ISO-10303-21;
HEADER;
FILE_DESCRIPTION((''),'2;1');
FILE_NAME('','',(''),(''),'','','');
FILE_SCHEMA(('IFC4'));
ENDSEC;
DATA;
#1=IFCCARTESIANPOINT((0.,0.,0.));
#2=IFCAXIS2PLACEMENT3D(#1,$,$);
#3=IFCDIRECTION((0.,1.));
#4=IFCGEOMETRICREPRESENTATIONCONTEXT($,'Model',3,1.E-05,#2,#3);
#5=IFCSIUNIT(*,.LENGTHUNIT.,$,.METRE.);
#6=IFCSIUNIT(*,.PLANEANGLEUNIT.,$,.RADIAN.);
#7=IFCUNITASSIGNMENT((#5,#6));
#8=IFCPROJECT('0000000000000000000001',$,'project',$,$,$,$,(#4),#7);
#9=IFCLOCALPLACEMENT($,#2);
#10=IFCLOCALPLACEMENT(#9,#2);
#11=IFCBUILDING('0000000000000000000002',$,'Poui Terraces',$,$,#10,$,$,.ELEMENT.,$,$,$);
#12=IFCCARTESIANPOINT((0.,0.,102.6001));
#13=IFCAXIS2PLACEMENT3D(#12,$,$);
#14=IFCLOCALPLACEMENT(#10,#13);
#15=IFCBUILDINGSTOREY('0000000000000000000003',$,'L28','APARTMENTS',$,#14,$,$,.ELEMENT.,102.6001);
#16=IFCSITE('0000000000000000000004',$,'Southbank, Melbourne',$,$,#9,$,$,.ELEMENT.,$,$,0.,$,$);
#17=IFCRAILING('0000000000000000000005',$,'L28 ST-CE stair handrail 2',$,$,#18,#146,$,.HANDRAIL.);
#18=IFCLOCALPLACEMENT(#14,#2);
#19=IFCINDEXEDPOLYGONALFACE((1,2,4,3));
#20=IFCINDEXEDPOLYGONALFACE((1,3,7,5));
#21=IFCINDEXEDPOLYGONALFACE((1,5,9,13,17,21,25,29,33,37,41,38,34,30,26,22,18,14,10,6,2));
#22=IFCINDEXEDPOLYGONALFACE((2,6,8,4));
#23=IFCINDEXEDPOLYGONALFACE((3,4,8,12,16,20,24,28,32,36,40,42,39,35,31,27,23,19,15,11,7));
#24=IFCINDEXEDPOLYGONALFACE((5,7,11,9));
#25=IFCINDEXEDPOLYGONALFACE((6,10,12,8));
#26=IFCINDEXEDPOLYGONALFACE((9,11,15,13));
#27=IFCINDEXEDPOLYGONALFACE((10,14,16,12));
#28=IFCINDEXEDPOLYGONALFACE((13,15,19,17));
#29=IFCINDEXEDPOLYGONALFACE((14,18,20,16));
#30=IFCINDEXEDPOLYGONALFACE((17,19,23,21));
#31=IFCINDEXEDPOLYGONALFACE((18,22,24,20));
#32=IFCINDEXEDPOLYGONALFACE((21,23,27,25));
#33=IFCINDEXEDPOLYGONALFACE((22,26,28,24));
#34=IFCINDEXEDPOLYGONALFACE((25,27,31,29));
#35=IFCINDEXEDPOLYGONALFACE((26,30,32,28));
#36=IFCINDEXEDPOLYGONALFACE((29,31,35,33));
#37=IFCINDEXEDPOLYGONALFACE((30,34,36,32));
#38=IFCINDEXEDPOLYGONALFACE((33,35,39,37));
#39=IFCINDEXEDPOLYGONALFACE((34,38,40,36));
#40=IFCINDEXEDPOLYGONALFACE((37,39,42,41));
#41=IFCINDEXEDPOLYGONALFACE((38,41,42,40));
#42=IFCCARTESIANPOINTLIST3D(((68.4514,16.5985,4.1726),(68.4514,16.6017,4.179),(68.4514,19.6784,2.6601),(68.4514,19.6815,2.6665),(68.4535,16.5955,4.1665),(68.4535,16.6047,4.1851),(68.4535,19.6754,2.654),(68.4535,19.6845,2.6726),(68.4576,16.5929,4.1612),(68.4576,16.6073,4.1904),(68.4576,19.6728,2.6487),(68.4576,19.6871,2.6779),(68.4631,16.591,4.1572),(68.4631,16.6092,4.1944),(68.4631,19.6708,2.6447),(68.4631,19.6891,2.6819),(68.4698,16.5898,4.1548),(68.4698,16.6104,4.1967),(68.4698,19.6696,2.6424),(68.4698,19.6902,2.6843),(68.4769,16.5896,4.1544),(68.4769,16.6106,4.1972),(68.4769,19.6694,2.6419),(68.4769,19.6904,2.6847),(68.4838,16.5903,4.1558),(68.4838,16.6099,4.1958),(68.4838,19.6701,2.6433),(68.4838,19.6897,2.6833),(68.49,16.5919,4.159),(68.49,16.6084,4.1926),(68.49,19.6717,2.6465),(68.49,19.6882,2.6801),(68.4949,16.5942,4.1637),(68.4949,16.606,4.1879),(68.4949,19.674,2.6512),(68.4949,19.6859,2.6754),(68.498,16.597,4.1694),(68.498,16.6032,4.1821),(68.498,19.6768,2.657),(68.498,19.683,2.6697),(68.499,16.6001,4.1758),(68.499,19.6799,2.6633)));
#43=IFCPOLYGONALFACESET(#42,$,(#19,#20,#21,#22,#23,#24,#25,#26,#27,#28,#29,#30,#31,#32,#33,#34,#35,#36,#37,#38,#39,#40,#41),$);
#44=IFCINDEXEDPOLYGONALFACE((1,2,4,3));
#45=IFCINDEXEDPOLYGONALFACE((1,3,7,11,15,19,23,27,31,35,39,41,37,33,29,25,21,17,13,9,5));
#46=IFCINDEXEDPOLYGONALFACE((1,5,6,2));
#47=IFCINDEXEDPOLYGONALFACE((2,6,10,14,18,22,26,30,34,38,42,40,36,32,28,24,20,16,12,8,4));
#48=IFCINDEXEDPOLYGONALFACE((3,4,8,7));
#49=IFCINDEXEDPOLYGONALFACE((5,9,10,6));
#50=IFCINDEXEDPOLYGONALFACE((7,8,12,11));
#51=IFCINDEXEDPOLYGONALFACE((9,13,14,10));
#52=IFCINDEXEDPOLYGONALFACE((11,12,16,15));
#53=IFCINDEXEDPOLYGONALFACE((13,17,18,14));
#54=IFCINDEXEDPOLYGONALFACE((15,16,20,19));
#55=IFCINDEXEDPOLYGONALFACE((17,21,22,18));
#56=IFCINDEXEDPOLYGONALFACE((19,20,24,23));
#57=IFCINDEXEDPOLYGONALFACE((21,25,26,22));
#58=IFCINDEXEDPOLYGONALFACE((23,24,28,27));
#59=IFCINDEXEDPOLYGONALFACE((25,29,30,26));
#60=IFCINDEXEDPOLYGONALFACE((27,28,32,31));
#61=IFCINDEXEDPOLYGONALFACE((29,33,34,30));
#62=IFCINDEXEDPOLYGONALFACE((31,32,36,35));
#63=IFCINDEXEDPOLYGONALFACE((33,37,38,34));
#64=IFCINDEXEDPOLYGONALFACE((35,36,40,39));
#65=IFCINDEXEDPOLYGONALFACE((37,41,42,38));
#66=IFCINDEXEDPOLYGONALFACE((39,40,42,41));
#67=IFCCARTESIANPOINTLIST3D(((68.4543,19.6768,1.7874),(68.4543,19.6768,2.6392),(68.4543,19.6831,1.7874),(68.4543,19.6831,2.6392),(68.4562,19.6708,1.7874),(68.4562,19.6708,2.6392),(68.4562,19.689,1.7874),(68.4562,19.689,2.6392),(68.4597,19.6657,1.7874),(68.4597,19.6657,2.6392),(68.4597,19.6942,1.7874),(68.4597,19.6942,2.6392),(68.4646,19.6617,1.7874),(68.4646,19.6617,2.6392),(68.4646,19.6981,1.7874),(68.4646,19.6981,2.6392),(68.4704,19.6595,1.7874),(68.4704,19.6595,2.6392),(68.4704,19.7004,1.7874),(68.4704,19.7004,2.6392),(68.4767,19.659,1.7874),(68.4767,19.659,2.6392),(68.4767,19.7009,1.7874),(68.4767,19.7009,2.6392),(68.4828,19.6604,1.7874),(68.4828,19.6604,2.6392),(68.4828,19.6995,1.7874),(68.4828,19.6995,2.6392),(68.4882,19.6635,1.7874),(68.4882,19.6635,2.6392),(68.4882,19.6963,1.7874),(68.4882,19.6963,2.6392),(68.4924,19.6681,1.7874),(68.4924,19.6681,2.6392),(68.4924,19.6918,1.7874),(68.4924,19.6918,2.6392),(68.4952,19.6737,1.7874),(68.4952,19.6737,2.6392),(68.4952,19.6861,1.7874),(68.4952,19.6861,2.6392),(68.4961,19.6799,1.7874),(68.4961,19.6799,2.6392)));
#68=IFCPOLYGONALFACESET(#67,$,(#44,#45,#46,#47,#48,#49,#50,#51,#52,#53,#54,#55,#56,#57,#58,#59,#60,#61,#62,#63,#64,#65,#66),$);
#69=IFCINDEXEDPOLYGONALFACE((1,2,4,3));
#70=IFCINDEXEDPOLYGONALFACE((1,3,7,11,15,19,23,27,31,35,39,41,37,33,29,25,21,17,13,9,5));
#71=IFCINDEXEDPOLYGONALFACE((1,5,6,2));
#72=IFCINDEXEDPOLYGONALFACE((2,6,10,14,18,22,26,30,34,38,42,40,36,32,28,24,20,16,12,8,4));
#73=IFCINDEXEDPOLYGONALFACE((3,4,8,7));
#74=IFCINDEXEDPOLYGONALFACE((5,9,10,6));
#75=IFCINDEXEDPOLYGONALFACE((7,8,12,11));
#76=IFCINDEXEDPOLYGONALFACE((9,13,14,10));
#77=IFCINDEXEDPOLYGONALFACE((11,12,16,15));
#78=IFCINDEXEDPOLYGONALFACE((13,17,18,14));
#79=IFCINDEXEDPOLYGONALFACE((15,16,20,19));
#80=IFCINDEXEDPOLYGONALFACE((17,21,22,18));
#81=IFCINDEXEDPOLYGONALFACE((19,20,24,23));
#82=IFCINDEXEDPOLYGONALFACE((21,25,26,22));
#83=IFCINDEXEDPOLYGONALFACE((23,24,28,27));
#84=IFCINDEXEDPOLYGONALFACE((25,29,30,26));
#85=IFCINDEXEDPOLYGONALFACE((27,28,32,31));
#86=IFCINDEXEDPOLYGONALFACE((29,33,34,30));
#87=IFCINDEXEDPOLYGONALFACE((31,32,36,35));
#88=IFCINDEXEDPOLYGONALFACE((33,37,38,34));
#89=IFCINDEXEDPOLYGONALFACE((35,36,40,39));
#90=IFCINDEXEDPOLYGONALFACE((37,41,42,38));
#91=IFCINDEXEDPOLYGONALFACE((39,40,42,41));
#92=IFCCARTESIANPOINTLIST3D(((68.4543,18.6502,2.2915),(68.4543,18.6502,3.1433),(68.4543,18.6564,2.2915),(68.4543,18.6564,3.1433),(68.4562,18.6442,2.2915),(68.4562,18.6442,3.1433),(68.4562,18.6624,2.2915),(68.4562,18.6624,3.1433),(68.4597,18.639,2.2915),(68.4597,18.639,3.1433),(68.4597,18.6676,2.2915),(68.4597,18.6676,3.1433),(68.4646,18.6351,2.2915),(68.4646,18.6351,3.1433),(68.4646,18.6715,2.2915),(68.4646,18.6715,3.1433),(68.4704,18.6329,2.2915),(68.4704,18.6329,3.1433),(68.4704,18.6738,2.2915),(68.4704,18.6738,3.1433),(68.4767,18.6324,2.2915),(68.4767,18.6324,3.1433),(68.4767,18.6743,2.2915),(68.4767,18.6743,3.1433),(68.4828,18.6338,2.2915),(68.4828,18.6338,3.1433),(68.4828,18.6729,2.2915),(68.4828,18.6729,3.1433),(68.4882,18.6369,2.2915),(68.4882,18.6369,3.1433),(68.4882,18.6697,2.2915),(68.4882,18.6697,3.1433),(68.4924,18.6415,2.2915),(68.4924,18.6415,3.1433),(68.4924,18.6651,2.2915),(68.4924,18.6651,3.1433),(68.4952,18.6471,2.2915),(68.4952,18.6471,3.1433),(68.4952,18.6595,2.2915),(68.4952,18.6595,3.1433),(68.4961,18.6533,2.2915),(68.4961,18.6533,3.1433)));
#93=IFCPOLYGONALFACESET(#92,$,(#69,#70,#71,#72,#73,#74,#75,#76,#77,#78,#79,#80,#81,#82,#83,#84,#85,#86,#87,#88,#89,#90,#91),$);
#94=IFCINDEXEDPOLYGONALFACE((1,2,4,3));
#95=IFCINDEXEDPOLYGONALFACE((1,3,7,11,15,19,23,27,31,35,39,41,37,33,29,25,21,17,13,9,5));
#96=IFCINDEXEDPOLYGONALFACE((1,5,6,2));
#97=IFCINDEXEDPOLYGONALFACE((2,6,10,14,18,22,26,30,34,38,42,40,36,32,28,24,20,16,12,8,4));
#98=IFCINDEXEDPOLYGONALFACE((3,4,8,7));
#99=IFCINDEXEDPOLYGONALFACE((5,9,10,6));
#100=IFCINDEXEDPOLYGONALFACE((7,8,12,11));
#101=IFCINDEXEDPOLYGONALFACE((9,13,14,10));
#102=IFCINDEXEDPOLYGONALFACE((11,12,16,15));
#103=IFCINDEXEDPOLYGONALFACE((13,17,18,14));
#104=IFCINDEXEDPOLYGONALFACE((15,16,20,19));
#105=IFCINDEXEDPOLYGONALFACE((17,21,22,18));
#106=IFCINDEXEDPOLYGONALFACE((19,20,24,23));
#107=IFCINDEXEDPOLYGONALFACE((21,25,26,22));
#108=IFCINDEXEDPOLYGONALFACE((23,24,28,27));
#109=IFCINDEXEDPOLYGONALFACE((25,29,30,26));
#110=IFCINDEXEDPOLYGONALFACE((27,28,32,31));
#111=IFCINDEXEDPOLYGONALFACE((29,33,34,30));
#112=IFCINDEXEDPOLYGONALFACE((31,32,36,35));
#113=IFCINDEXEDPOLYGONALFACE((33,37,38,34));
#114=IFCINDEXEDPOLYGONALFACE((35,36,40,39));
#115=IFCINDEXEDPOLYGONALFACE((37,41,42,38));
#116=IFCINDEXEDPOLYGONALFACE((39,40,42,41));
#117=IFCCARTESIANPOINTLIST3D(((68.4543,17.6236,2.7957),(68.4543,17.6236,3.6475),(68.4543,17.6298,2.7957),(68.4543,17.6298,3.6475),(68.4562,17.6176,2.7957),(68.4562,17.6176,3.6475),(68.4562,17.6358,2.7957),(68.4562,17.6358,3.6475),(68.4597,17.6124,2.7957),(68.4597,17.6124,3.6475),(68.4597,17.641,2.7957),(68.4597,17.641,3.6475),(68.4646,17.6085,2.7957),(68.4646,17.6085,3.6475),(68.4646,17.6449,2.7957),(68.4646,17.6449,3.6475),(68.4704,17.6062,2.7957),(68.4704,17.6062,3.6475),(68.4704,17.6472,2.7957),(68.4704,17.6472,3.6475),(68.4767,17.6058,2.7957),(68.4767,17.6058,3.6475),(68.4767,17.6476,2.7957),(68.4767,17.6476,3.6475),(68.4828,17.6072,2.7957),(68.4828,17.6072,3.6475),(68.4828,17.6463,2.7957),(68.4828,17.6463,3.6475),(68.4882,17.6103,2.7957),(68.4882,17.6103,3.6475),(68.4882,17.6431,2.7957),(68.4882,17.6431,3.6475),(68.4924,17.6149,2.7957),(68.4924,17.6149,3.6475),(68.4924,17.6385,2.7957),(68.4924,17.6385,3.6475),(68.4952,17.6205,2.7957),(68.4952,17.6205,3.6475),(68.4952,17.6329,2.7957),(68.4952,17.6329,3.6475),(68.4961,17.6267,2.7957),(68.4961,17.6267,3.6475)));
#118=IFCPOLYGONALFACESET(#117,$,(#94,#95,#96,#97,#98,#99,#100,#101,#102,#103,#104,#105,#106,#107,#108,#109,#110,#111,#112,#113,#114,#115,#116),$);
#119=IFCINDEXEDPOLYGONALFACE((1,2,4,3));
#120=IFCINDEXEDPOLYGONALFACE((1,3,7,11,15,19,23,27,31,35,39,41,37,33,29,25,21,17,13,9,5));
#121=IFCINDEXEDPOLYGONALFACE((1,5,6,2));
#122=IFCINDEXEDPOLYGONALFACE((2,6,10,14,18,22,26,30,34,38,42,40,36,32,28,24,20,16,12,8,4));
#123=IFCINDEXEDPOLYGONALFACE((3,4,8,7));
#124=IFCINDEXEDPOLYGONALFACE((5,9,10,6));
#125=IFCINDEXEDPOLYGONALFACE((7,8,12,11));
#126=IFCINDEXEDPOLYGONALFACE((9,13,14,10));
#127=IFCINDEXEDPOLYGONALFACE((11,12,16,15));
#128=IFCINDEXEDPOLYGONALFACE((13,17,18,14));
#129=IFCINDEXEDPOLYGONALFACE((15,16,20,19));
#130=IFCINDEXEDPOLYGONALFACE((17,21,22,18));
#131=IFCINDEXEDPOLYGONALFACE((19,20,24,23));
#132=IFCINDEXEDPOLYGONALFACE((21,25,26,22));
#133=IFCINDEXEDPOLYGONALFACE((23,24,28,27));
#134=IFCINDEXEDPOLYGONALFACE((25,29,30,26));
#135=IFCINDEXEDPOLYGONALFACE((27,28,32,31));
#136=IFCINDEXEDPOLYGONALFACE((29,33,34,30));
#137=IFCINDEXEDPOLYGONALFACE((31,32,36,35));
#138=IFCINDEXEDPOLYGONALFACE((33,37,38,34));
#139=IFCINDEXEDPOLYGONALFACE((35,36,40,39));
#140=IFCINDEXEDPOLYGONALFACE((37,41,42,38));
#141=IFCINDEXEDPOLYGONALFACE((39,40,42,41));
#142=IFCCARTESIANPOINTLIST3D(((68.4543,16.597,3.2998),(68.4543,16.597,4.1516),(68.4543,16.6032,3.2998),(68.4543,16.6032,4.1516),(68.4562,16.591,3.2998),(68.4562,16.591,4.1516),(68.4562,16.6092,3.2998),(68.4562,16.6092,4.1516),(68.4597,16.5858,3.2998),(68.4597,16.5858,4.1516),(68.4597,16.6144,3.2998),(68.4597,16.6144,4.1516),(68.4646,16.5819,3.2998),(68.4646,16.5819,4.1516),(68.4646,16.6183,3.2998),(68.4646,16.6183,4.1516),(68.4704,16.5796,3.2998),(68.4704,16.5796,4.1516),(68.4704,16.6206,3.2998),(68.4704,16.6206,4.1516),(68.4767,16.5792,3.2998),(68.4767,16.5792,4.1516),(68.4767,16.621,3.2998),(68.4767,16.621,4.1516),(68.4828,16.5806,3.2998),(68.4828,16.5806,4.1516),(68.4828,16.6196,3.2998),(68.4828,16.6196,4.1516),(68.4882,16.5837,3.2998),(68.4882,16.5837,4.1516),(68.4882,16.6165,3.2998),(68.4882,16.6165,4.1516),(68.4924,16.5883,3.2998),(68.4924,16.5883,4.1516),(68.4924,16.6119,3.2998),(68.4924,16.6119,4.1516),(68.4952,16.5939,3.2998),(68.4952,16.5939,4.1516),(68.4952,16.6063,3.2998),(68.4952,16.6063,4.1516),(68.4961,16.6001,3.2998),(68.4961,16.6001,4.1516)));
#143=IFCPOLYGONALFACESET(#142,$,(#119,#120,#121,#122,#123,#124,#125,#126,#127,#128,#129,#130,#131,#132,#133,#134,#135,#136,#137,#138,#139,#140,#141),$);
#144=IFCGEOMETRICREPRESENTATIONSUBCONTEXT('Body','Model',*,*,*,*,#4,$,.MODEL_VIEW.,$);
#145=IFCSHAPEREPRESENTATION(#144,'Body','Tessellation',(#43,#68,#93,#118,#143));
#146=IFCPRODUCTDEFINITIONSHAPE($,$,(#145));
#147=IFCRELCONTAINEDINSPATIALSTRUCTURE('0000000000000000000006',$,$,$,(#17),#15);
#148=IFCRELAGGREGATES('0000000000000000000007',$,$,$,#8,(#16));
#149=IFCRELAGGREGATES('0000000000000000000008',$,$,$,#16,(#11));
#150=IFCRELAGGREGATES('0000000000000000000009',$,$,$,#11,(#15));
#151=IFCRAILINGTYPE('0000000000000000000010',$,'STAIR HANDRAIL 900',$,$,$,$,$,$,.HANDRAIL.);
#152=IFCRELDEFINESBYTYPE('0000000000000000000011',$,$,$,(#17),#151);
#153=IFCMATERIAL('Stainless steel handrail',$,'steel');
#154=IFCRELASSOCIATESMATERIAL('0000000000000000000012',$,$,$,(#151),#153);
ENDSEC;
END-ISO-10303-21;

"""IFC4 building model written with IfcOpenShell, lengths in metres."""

from ifc_helpers import new_model, si_unit, direction, frame, origin, origin_2d, place, context, subcontext, project, spatial, circle, extrude, material, type_object, element, save


model = new_model("IFC4")

# Units and contexts
model_context = context("Model", 3, precision=1e-05, world=origin(), true_north=direction((0.0, 1.0)))
body_context = subcontext(model_context, "Body", "Model", "MODEL_VIEW")
ifc_project = project(units=[si_unit("LENGTHUNIT", "METRE"), si_unit("PLANEANGLEUNIT", "RADIAN")], contexts=[model_context])

# Site, building, storey
site_placement = place(None, origin())
site = spatial("IfcSite", under=ifc_project, at=site_placement, Name="Southbank, Melbourne", CompositionType="ELEMENT", RefElevation=0.0)
building_placement = place(site_placement, origin())
building = spatial("IfcBuilding", under=site, at=building_placement, Name="Poui Terraces", CompositionType="ELEMENT")
storey_placement = place(building_placement, frame((0.0, 0.0, 102.6001)))
storey = spatial("IfcBuildingStorey", under=building, at=storey_placement, Name="L28", Description="APARTMENTS", CompositionType="ELEMENT", Elevation=102.6001)

# Railing
ifc_material_1 = material(Name="Stainless steel handrail", Category="steel")
railing_type = type_object("IfcRailingType", Name="STAIR HANDRAIL 900", PredefinedType="HANDRAIL", material=ifc_material_1)
railing_placement = place(storey_placement, frame((68.4751, 19.6799, 1.7874)))
element("IfcRailing", 1, at=railing_placement, inside=storey, type_object=railing_type, Name="L28 ST-CE stair handrail 2", PredefinedType="HANDRAIL", context=body_context, shape_type="SweptSolid", body=[
    extrude(circle(Radius=0.0239, at=origin_2d()), frame((0.0, 0.0, 0.876), z_axis=(0.0, -0.897606, 0.440798), x_axis=(1.0, 0.0, 0.0)), (0.0, 0.0, 1.0), 3.4312),
    extrude(circle(Radius=0.021, at=origin_2d()), origin(), (0.0, 0.0, 1.0), 0.8518),
    extrude(circle(Radius=0.021, at=origin_2d()), frame((0.0, -1.0266, 0.5042)), (0.0, 0.0, 1.0), 0.8518),
    extrude(circle(Radius=0.021, at=origin_2d()), frame((0.0, -2.0532, 1.0083)), (0.0, 0.0, 1.0), 0.8518),
    extrude(circle(Radius=0.021, at=origin_2d()), frame((0.0, -3.0798, 1.5125)), (0.0, 0.0, 1.0), 0.8518),
])

save(model, "model.ifc")
